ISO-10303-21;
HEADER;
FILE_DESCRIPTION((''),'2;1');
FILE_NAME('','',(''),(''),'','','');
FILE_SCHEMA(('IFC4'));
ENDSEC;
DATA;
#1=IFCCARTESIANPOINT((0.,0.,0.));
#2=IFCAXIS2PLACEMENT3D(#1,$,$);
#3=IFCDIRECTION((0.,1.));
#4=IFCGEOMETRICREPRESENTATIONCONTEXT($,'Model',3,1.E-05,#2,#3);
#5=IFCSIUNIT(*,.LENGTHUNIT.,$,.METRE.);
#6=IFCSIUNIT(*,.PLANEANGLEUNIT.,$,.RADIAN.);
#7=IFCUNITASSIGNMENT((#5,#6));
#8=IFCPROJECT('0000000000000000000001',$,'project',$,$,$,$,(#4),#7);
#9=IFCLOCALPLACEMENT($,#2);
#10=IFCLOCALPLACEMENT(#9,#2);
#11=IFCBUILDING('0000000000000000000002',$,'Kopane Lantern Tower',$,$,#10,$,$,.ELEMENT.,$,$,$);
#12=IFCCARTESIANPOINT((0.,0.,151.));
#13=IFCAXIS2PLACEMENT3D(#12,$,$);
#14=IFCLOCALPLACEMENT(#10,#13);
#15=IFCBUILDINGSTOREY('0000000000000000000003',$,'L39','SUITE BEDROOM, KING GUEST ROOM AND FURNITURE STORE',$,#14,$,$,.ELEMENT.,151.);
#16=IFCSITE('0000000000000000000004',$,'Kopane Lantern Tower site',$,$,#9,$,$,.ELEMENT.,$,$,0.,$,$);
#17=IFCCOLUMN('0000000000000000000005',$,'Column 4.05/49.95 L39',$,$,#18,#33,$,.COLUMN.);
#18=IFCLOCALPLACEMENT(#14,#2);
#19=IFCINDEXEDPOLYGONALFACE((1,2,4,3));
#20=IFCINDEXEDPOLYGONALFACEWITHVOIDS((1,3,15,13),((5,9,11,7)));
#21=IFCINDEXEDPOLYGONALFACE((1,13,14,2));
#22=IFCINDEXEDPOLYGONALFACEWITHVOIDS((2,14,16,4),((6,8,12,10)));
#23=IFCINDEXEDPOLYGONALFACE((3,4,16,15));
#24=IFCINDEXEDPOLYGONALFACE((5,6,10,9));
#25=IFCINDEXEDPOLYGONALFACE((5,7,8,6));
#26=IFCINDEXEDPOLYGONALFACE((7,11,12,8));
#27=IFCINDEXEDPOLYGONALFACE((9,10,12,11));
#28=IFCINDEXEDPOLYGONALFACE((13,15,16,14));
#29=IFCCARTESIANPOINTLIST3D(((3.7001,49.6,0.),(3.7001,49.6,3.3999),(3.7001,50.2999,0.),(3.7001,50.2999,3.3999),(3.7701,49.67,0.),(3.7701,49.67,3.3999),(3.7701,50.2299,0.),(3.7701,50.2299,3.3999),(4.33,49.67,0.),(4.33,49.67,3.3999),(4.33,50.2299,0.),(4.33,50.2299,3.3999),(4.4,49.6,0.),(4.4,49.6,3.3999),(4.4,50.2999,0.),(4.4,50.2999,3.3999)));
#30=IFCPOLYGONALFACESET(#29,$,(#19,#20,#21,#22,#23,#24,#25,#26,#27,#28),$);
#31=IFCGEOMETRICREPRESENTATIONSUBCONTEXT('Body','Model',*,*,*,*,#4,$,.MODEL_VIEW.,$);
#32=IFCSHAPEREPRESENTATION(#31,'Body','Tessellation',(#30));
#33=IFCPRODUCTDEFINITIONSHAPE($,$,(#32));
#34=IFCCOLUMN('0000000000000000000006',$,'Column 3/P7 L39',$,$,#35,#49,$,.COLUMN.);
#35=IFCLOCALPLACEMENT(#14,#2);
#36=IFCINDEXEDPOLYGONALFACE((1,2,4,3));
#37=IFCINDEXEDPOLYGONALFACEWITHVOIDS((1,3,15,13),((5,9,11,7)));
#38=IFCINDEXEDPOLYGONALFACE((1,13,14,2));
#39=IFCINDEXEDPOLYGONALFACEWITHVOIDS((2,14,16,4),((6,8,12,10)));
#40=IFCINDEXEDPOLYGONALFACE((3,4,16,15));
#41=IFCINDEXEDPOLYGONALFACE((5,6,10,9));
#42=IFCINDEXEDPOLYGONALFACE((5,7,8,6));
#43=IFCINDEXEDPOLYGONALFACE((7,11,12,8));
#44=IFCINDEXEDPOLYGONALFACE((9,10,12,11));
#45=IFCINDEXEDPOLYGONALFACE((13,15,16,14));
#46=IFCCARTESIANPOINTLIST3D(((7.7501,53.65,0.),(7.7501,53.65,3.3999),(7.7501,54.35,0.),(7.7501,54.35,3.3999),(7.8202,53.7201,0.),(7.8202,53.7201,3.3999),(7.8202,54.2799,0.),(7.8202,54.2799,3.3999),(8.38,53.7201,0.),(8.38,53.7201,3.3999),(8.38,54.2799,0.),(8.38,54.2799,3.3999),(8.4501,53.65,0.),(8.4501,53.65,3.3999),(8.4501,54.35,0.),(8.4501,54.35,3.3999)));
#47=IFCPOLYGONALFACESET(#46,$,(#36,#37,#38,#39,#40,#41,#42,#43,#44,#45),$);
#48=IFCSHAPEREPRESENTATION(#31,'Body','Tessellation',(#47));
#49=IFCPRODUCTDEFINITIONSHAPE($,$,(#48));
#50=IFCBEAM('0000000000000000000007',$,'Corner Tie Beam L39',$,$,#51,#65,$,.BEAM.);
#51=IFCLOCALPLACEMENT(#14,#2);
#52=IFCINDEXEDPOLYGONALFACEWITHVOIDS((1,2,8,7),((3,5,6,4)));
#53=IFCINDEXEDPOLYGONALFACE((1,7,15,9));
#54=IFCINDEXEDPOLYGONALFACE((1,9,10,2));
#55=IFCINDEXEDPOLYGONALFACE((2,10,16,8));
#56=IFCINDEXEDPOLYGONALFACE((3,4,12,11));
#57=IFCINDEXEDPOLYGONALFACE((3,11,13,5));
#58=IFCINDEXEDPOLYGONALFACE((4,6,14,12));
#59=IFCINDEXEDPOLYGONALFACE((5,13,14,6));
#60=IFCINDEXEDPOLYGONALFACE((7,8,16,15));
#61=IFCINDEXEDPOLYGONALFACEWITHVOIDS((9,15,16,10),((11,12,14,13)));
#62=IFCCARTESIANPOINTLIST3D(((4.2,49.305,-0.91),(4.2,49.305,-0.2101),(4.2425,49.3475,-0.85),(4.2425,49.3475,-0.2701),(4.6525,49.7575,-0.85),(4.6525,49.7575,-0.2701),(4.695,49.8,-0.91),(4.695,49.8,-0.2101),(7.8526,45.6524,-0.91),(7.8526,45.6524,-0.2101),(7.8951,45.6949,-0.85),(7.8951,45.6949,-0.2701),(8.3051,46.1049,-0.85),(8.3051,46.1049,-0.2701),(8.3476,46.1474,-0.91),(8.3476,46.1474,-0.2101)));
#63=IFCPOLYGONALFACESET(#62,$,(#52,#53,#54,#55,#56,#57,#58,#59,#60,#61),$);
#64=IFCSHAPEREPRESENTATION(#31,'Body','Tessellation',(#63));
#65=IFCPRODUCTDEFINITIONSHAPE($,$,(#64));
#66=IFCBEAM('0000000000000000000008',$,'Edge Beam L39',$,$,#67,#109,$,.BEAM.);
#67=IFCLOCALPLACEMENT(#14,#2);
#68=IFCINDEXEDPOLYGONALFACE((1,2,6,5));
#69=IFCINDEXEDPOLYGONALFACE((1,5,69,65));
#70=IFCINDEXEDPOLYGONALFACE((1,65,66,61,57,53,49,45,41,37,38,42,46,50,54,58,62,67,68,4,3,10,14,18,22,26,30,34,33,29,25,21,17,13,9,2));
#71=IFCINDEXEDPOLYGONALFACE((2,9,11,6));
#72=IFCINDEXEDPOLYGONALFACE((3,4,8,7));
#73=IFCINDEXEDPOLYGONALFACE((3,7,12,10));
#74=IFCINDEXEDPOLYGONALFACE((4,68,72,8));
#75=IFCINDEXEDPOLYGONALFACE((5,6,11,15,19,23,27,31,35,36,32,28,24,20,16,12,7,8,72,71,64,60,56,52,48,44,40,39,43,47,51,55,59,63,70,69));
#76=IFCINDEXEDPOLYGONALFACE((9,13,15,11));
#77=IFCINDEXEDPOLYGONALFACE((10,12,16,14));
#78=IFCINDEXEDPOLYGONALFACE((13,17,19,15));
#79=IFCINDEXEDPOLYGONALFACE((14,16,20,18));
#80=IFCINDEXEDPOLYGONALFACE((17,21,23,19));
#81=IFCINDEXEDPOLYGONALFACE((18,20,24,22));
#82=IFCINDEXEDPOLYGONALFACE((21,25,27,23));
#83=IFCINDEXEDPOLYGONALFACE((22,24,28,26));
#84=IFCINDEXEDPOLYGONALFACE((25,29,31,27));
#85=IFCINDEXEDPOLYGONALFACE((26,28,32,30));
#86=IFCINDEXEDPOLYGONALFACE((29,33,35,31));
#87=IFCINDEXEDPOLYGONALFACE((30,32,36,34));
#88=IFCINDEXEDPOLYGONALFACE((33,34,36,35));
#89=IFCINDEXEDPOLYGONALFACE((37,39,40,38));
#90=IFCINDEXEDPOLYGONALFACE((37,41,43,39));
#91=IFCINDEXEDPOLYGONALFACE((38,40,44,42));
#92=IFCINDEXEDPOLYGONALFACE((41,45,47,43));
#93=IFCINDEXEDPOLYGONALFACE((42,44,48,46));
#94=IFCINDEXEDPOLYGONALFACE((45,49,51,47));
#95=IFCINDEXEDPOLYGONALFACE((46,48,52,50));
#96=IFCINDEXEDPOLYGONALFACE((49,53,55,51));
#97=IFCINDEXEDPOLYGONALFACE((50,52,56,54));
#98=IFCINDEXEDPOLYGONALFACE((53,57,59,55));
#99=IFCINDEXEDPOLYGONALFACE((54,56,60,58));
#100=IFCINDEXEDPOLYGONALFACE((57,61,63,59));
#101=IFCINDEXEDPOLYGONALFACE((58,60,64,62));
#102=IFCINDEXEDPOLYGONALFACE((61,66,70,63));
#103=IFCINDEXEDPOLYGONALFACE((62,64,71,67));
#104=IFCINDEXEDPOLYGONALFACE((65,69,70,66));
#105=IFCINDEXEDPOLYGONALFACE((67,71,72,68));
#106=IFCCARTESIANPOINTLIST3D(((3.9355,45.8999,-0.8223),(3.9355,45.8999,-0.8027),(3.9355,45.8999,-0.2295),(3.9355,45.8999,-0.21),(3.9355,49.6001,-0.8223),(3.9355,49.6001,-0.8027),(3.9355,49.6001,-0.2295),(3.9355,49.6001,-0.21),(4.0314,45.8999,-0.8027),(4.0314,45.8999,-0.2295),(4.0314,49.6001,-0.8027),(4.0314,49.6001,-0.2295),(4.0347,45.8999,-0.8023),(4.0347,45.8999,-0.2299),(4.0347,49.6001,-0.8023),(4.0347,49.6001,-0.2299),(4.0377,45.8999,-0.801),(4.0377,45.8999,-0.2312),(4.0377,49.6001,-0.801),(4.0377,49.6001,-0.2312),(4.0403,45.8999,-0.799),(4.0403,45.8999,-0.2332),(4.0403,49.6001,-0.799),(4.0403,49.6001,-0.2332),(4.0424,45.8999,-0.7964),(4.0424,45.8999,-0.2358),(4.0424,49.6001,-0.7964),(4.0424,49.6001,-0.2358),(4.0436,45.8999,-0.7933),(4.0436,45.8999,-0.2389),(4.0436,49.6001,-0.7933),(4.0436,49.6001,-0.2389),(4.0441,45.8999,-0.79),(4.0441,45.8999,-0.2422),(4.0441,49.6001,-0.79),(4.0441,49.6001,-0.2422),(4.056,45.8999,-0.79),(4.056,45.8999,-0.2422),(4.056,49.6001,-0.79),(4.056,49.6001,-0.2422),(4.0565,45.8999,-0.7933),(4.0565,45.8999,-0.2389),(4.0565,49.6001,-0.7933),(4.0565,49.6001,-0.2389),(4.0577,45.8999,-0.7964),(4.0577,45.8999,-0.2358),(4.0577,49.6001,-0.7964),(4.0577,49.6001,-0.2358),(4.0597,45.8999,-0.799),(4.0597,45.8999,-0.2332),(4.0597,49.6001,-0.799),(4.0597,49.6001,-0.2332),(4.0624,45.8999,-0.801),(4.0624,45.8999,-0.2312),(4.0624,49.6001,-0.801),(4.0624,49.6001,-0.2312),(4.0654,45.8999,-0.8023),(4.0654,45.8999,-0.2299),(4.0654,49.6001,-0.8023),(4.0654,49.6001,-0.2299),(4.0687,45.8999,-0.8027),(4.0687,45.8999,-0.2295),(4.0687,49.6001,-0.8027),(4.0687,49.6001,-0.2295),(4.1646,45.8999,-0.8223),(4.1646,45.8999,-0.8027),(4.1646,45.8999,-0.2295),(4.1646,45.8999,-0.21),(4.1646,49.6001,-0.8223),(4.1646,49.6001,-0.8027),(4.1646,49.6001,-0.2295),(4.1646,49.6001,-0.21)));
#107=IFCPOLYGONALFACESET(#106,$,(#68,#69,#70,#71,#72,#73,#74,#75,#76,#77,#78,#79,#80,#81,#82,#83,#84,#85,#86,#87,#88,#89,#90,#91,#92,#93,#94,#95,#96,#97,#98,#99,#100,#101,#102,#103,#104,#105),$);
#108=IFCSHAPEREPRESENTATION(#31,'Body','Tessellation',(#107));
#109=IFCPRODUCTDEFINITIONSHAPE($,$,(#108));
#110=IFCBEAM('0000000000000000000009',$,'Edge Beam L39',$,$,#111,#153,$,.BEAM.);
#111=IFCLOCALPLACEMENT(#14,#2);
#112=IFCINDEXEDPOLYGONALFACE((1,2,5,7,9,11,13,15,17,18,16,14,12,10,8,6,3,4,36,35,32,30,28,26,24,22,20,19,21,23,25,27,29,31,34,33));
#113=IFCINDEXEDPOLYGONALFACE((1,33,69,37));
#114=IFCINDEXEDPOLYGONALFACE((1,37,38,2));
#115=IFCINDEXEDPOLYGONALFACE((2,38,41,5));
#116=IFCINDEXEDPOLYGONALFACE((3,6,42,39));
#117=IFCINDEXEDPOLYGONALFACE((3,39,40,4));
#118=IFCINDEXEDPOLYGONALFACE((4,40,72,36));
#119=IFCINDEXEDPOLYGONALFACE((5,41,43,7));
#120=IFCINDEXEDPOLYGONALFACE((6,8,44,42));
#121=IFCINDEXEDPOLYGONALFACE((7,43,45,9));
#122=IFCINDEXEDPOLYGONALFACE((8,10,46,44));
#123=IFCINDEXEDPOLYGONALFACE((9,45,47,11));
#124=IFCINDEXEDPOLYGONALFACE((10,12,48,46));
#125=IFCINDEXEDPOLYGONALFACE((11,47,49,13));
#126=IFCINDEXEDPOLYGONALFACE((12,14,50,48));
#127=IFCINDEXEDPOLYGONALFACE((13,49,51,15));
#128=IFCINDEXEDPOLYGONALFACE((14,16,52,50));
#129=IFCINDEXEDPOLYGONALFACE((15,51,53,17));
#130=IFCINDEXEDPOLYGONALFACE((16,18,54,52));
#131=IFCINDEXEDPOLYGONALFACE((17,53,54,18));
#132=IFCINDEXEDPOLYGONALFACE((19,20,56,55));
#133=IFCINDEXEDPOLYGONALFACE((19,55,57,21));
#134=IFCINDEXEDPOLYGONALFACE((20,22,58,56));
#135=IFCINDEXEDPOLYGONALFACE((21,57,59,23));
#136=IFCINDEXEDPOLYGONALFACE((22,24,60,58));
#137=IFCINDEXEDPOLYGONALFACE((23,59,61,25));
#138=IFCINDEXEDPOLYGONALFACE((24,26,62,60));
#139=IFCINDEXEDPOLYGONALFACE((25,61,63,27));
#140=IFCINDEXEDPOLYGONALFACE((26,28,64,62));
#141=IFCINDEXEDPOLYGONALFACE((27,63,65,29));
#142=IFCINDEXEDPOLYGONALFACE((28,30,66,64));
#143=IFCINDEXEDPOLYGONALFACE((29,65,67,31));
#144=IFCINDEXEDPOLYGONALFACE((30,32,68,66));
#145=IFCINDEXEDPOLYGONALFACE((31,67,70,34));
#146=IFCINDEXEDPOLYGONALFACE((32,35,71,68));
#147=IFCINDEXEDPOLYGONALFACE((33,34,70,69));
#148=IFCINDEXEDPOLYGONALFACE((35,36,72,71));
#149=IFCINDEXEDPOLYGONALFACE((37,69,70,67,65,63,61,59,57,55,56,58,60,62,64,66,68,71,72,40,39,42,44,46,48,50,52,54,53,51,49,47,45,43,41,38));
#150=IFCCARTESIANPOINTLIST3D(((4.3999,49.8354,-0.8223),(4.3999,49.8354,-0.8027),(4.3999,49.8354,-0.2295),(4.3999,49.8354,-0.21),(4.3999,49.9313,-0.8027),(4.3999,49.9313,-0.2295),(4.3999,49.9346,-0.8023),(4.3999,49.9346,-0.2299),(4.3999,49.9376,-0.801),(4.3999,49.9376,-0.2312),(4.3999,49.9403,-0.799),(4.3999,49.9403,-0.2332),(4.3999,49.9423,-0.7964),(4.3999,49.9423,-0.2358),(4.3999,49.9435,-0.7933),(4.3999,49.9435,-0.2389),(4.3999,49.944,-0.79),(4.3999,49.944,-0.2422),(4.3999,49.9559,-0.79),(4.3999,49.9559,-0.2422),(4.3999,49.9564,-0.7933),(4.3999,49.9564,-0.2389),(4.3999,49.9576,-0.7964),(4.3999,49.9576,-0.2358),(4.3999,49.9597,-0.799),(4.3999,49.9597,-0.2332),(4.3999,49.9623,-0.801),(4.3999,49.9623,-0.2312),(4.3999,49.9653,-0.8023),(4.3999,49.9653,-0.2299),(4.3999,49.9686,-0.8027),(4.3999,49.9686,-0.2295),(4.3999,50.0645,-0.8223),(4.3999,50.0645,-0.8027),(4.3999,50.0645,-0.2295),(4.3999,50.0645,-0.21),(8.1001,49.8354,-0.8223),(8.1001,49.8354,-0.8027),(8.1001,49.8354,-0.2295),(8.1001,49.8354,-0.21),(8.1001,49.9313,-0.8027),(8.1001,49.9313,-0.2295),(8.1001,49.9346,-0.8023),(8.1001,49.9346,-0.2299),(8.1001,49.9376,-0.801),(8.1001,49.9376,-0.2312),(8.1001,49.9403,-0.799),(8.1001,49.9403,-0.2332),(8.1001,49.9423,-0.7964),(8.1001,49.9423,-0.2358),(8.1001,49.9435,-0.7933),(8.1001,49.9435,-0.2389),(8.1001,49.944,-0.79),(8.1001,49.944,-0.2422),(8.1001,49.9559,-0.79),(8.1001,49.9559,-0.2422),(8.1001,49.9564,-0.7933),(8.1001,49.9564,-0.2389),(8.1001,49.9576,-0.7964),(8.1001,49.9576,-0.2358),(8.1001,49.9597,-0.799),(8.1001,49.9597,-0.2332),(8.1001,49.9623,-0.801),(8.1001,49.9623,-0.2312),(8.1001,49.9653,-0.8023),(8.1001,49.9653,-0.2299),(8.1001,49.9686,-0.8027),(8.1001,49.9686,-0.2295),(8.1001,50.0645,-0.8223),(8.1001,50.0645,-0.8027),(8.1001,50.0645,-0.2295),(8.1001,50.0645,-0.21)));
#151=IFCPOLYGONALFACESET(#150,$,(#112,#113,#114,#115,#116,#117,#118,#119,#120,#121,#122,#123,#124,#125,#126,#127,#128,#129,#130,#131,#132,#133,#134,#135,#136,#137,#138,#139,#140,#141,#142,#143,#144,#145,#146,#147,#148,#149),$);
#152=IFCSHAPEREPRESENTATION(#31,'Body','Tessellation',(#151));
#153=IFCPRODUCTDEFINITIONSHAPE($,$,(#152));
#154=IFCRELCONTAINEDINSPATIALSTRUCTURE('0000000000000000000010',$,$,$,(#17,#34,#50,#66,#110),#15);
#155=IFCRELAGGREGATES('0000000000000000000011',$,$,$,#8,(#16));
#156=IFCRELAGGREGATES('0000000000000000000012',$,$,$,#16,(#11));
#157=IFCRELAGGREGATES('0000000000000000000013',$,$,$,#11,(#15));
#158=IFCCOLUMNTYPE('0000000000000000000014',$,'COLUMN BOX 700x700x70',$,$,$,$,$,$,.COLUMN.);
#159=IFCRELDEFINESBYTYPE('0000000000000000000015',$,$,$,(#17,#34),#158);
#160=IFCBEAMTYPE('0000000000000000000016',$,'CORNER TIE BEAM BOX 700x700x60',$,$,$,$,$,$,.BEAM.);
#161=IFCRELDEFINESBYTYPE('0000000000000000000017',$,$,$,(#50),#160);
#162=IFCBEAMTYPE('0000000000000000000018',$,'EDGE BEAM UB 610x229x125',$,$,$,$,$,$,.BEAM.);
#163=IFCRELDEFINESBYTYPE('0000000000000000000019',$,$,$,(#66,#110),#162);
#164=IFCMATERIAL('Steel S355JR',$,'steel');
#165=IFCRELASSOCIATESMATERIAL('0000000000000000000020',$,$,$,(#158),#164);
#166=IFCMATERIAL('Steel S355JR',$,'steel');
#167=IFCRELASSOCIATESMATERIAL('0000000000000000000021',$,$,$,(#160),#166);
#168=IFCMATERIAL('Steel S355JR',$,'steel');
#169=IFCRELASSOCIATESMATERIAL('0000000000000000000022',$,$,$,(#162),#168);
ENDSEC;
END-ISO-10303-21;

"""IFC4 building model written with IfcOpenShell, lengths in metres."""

from ifc_helpers import new_model, si_unit, direction, frame, origin, origin_2d, place, context, subcontext, project, spatial, hollow_rectangle, i_section, extrude, material, material_profile, profile_set, type_object, element, save


model = new_model("IFC4")

# Units and contexts
model_context = context("Model", 3, precision=1e-05, world=origin(), true_north=direction((0.0, 1.0)))
body_context = subcontext(model_context, "Body", "Model", "MODEL_VIEW")
ifc_project = project(units=[si_unit("LENGTHUNIT", "METRE"), si_unit("PLANEANGLEUNIT", "RADIAN")], contexts=[model_context])

# Site, building, storey
site_placement = place(None, origin())
site = spatial("IfcSite", under=ifc_project, at=site_placement, Name="Kopane Lantern Tower site", CompositionType="ELEMENT", RefElevation=0.0)
building_placement = place(site_placement, origin())
building = spatial("IfcBuilding", under=site, at=building_placement, Name="Kopane Lantern Tower", CompositionType="ELEMENT")
storey_placement = place(building_placement, frame((0.0, 0.0, 151.0)))
storey = spatial("IfcBuildingStorey", under=building, at=storey_placement, Name="L39", Description="SUITE BEDROOM, KING GUEST ROOM AND FURNITURE STORE", CompositionType="ELEMENT", Elevation=151.0)

# Columns
ifc_material_1 = material(Name="Steel S355JR", Category="steel")
ifc_material_profile_1 = material_profile(ifc_material_1, hollow_rectangle(XDim=0.7, YDim=0.7, WallThickness=0.0701, at=origin_2d()), Name="BOX 700x700x70")
ifc_profile_set_1 = profile_set([ifc_material_profile_1], Name="Steel S355JR")
column_type = type_object("IfcColumnType", Name="COLUMN BOX 700x700x70", PredefinedType="COLUMN", material=ifc_profile_set_1)
for number, where, z_axis, x_axis, name in (
    (1, (4.05, 49.95, 0.0), (0.0, 0.0, 1.0), (1.0, 0.0, 0.0), "Column 4.05/49.95 L39"),
    (2, (8.1001, 54.0, 0.0), (0.0, 0.0, 1.0), (1.0, 0.0, 0.0), "Column 3/P7 L39"),
):
    element("IfcColumn", number, at=place(storey_placement, frame(where, z_axis=z_axis, x_axis=x_axis)), inside=storey, type_object=column_type, Name=name, PredefinedType="COLUMN", context=body_context, shape_type="SweptSolid", body=[
        extrude(hollow_rectangle(XDim=0.7, YDim=0.7, WallThickness=0.0701, at=origin_2d()), origin(), (0.0, 0.0, 1.0), 3.3999),
    ])

# Beams
ifc_material_2 = material(Name="Steel S355JR", Category="steel")
ifc_material_profile_2 = material_profile(ifc_material_2, hollow_rectangle(XDim=0.7, YDim=0.7, WallThickness=0.0601, at=origin_2d()), Name="BOX 700x700x60")
ifc_profile_set_2 = profile_set([ifc_material_profile_2], Name="Steel S355JR")
beam_type_1 = type_object("IfcBeamType", Name="CORNER TIE BEAM BOX 700x700x60", PredefinedType="BEAM", material=ifc_profile_set_2)
beam_placement = place(storey_placement, frame((4.4475, 49.5525, -0.5601), z_axis=(0.707107, -0.707107, 0.0), x_axis=(0.707107, 0.707107, 0.0)))
element("IfcBeam", 3, at=beam_placement, inside=storey, type_object=beam_type_1, Name="Corner Tie Beam L39", PredefinedType="BEAM", context=body_context, shape_type="SweptSolid", body=[
    extrude(hollow_rectangle(XDim=0.7, YDim=0.7, WallThickness=0.0601, at=origin_2d()), origin(), (0.0, 0.0, 1.0), 5.1655),
])
ifc_material_3 = material(Name="Steel S355JR", Category="steel")
ifc_material_profile_3 = material_profile(ifc_material_3, i_section(OverallWidth=0.229, OverallDepth=0.6123, WebThickness=0.012, FlangeThickness=0.0195, FilletRadius=0.0127, at=origin_2d()), Name="UB 610x229x125")
ifc_profile_set_3 = profile_set([ifc_material_profile_3], Name="Steel S355JR")
beam_type_2 = type_object("IfcBeamType", Name="EDGE BEAM UB 610x229x125", PredefinedType="BEAM", material=ifc_profile_set_3)
for number, where, z_axis, x_axis, name in (
    (4, (4.05, 49.6001, -0.5161), (0.0, -1.0, 0.0), (1.0, 0.0, 0.0), "Edge Beam L39"),
    (5, (4.3999, 49.95, -0.5161), (1.0, 0.0, 0.0), (0.0, 1.0, 0.0), "Edge Beam L39"),
):
    element("IfcBeam", number, at=place(storey_placement, frame(where, z_axis=z_axis, x_axis=x_axis)), inside=storey, type_object=beam_type_2, Name=name, PredefinedType="BEAM", context=body_context, shape_type="SweptSolid", body=[
        extrude(i_section(OverallWidth=0.229, OverallDepth=0.6123, WebThickness=0.012, FlangeThickness=0.0195, FilletRadius=0.0127, at=origin_2d()), origin(), (0.0, 0.0, 1.0), 3.7002),
    ])

save(model, "model.ifc")
